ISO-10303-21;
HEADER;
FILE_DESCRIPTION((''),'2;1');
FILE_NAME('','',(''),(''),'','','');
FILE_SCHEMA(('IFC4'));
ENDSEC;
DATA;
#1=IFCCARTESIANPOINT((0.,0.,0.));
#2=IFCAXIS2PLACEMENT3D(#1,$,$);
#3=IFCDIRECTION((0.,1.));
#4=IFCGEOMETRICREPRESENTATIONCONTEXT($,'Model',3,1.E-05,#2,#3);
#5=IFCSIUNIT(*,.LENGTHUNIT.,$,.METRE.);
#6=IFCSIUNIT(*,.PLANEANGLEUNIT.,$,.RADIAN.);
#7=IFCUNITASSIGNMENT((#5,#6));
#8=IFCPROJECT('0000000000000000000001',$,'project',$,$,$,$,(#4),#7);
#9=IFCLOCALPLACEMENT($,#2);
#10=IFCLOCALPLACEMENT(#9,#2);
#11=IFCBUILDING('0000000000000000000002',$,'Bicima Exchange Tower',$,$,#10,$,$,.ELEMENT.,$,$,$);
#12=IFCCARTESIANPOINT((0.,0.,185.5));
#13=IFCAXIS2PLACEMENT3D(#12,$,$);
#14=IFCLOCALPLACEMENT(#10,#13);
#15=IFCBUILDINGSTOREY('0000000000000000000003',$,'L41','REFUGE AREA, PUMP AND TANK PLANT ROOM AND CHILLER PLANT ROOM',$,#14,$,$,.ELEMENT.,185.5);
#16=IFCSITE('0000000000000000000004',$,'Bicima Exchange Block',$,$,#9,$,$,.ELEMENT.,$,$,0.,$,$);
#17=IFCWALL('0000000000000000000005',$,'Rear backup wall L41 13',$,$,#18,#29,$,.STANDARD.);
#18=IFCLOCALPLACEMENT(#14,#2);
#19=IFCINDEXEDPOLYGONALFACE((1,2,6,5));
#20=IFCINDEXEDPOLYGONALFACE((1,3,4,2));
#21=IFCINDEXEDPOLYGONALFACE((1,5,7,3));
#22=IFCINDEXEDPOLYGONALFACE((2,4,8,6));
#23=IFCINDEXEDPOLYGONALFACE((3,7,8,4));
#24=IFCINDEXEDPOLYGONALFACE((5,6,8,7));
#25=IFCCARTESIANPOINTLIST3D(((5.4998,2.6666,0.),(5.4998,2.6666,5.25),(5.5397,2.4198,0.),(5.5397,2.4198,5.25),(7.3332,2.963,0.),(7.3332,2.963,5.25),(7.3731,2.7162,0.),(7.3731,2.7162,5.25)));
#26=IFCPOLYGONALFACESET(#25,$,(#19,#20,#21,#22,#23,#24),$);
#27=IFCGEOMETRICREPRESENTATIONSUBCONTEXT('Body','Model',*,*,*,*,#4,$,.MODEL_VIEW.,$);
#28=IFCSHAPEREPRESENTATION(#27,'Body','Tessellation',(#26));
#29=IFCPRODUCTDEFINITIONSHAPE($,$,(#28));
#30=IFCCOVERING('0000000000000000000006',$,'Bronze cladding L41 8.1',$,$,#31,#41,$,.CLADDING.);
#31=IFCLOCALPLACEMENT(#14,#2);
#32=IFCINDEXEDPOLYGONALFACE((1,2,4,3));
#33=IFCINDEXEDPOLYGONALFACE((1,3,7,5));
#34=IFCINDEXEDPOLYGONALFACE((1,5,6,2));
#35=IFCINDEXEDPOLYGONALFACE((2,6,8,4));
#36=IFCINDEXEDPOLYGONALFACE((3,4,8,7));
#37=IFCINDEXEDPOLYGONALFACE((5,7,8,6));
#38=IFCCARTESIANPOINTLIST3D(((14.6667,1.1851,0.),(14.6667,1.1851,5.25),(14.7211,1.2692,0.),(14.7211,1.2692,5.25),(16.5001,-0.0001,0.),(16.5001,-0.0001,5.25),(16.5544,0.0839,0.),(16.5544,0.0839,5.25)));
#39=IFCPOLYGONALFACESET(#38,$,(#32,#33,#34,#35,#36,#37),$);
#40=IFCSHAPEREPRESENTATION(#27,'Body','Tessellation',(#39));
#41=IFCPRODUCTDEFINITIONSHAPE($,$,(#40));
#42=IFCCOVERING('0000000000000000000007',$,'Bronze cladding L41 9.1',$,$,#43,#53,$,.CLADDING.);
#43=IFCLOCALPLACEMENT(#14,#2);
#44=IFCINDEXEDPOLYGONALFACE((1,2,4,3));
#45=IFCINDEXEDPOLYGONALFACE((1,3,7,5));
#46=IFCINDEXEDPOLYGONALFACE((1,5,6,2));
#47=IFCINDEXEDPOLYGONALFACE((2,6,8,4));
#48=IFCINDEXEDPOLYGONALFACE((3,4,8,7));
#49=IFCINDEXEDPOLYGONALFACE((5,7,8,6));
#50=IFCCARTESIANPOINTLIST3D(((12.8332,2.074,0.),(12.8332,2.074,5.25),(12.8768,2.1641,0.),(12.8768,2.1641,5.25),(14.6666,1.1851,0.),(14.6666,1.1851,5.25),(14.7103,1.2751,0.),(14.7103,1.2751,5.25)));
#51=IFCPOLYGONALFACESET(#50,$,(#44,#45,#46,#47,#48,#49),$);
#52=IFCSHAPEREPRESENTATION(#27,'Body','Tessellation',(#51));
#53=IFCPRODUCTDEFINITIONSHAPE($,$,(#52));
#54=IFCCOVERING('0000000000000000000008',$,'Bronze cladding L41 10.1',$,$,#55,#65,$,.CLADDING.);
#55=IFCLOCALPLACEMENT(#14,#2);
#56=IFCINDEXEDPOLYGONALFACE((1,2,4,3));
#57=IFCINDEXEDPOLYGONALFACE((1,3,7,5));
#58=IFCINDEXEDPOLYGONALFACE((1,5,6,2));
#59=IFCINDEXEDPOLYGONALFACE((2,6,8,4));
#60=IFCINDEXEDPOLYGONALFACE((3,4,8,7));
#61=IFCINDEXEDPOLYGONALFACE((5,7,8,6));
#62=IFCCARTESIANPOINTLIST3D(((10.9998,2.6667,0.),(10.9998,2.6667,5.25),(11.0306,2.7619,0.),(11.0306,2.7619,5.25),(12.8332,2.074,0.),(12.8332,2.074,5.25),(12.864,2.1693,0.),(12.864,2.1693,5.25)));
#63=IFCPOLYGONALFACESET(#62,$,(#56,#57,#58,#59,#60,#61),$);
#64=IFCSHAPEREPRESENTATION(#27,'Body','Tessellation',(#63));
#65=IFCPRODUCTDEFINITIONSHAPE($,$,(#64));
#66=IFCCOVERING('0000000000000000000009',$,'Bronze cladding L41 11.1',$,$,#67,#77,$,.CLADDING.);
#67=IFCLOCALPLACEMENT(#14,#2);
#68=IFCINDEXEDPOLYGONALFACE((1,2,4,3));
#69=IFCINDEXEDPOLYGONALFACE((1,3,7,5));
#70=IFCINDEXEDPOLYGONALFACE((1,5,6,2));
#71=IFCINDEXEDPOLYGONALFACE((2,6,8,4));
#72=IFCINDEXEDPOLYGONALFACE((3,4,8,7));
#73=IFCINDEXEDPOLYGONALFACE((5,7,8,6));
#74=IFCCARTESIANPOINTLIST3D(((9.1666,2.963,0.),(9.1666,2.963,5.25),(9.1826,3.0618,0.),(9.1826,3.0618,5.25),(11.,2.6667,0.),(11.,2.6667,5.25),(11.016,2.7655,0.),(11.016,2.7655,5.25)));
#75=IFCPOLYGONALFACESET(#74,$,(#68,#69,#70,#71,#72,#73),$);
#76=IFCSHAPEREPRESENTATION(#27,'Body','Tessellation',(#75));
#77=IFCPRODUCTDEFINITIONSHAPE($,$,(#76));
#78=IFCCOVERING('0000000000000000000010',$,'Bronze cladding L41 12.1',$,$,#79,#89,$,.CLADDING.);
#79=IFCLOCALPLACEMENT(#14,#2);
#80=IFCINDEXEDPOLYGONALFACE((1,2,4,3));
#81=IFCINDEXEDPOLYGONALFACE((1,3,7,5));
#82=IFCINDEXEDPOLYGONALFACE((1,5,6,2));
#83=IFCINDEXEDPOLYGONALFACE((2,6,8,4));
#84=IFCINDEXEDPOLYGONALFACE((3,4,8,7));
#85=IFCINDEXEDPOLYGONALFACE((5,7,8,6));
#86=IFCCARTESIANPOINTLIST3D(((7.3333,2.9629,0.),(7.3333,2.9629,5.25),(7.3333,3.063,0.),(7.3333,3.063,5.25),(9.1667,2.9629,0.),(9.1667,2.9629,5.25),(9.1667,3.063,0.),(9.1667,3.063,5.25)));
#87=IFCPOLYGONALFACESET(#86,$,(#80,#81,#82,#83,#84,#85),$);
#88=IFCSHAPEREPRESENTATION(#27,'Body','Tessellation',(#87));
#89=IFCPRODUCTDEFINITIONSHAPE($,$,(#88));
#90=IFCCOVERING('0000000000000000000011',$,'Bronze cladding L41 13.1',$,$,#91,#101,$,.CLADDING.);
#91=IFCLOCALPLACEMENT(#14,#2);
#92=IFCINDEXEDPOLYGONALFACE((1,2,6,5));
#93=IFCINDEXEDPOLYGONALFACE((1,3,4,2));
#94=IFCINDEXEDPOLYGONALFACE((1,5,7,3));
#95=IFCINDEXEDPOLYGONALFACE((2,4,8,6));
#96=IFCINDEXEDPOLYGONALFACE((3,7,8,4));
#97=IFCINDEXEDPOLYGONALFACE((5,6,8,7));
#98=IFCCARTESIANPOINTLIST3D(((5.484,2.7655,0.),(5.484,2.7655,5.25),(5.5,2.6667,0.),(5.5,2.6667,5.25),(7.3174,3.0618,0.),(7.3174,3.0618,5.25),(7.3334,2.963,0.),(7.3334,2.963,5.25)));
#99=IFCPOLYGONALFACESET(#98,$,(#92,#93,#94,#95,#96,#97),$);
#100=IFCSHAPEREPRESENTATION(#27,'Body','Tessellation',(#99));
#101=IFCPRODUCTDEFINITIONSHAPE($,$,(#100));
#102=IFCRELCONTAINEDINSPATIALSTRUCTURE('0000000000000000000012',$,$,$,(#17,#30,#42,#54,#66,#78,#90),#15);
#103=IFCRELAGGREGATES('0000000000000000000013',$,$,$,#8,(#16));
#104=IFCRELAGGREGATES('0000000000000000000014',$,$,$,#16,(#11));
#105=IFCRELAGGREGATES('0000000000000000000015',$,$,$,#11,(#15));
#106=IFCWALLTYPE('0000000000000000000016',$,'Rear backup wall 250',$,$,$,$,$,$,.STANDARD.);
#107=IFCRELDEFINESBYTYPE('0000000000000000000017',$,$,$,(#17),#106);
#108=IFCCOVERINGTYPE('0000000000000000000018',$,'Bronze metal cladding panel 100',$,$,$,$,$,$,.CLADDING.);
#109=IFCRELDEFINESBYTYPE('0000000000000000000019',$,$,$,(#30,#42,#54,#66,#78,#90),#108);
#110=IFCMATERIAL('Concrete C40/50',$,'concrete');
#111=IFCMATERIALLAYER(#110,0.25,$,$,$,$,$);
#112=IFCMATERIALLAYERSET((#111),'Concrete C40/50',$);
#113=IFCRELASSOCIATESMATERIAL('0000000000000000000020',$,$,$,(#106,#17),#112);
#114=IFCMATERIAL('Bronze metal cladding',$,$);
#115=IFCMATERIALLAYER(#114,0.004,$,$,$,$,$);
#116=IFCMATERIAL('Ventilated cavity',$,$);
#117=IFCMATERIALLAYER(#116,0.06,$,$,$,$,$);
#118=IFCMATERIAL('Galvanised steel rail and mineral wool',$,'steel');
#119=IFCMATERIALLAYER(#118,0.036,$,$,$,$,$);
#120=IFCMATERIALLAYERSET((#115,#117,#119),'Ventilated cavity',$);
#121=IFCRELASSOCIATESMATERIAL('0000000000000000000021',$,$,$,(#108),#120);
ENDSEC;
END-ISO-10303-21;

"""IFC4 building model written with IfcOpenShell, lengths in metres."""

from ifc_helpers import new_model, si_unit, direction, frame, frame_2d, origin, origin_2d, place, context, subcontext, project, spatial, rectangle, extrude, material, layer, layer_set, layer_usage, type_object, element, save


model = new_model("IFC4")

# Units and contexts
model_context = context("Model", 3, precision=1e-05, world=origin(), true_north=direction((0.0, 1.0)))
body_context = subcontext(model_context, "Body", "Model", "MODEL_VIEW")
ifc_project = project(units=[si_unit("LENGTHUNIT", "METRE"), si_unit("PLANEANGLEUNIT", "RADIAN")], contexts=[model_context])

# Site, building, storey
site_placement = place(None, origin())
site = spatial("IfcSite", under=ifc_project, at=site_placement, Name="Bicima Exchange Block", CompositionType="ELEMENT", RefElevation=0.0)
building_placement = place(site_placement, origin())
building = spatial("IfcBuilding", under=site, at=building_placement, Name="Bicima Exchange Tower", CompositionType="ELEMENT")
storey_placement = place(building_placement, frame((0.0, 0.0, 185.5)))
storey = spatial("IfcBuildingStorey", under=building, at=storey_placement, Name="L41", Description="REFUGE AREA, PUMP AND TANK PLANT ROOM AND CHILLER PLANT ROOM", CompositionType="ELEMENT", Elevation=185.5)

# Wall
ifc_material_1 = material(Name="Concrete C40/50", Category="concrete")
ifc_layer_1 = layer(ifc_material_1, 0.25)
ifc_layer_set_1 = layer_set([ifc_layer_1], Name="Concrete C40/50")
ifc_layer_usage = layer_usage(ifc_layer_set_1, "AXIS2", "POSITIVE", -0.125)
wall_type_1 = type_object("IfcWallType", Name="Rear backup wall 250", PredefinedType="STANDARD", material=ifc_layer_set_1)
wall_1_placement = place(storey_placement, frame((7.3533, 2.8396, 0.0), z_axis=(0.0, 0.0, 1.0), x_axis=(-0.987182, -0.1596, 0.0)))
element("IfcWall", 1, at=wall_1_placement, inside=storey, type_object=wall_type_1, material=ifc_layer_usage, Name="Rear backup wall L41 13", PredefinedType="STANDARD", context=body_context, shape_type="SweptSolid", body=[
    extrude(rectangle(XDim=1.8572, YDim=0.25, at=frame_2d((0.9287, 0.0))), origin(), (0.0, 0.0, 1.0), 5.25),
])

# Coverings
ifc_material_2 = material(Name="Bronze metal cladding")
ifc_layer_2 = layer(ifc_material_2, 0.004)
ifc_material_3 = material(Name="Ventilated cavity")
ifc_layer_3 = layer(ifc_material_3, 0.06)
ifc_material_4 = material(Name="Galvanised steel rail and mineral wool", Category="steel")
ifc_layer_4 = layer(ifc_material_4, 0.036)
ifc_layer_set_2 = layer_set([ifc_layer_2, ifc_layer_3, ifc_layer_4], Name="Ventilated cavity")
covering_type = type_object("IfcCoveringType", Name="Bronze metal cladding panel 100", PredefinedType="CLADDING", material=ifc_layer_set_2)
covering_1_placement = place(storey_placement, frame((15.6106, 0.6345, 0.0), z_axis=(0.0, 0.0, 1.0), x_axis=(-0.83979, 0.542911, 0.0)))
element("IfcCovering", 2, at=covering_1_placement, inside=storey, type_object=covering_type, Name="Bronze cladding L41 8.1", PredefinedType="CLADDING", context=body_context, shape_type="SweptSolid", body=[
    extrude(rectangle(XDim=2.1831, YDim=0.1001, at=origin_2d()), origin(), (0.0, 0.0, 1.0), 5.25),
])
covering_2_placement = place(storey_placement, frame((13.7717, 1.6746, 0.0), z_axis=(0.0, 0.0, 1.0), x_axis=(-0.899818, 0.436265, 0.0)))
element("IfcCovering", 3, at=covering_2_placement, inside=storey, type_object=covering_type, Name="Bronze cladding L41 9.1", PredefinedType="CLADDING", context=body_context, shape_type="SweptSolid", body=[
    extrude(rectangle(XDim=2.0376, YDim=0.1001, at=origin_2d()), origin(), (0.0, 0.0, 1.0), 5.25),
])
covering_3_placement = place(storey_placement, frame((11.9319, 2.418, 0.0), z_axis=(0.0, 0.0, 1.0), x_axis=(-0.951525, 0.307573, 0.0)))
element("IfcCovering", 4, at=covering_3_placement, inside=storey, type_object=covering_type, Name="Bronze cladding L41 10.1", PredefinedType="CLADDING", context=body_context, shape_type="SweptSolid", body=[
    extrude(rectangle(XDim=1.9268, YDim=0.1001, at=origin_2d()), origin(), (0.0, 0.0, 1.0), 5.25),
])
covering_4_placement = place(storey_placement, frame((10.0913, 2.8643, 0.0), z_axis=(0.0, 0.0, 1.0), x_axis=(-0.98719, 0.15955, 0.0)))
element("IfcCovering", 5, at=covering_4_placement, inside=storey, type_object=covering_type, Name="Bronze cladding L41 11.1", PredefinedType="CLADDING", context=body_context, shape_type="SweptSolid", body=[
    extrude(rectangle(XDim=1.8572, YDim=0.1001, at=origin_2d()), origin(), (0.0, 0.0, 1.0), 5.25),
])
covering_5_placement = place(storey_placement, frame((8.25, 3.0129, 0.0), z_axis=(0.0, 0.0, 1.0), x_axis=(-1.0, 0.0, 0.0)))
element("IfcCovering", 6, at=covering_5_placement, inside=storey, type_object=covering_type, Name="Bronze cladding L41 12.1", PredefinedType="CLADDING", context=body_context, shape_type="SweptSolid", body=[
    extrude(rectangle(XDim=1.8335, YDim=0.1001, at=origin_2d()), origin(), (0.0, 0.0, 1.0), 5.25),
])
covering_6_placement = place(storey_placement, frame((6.4087, 2.8643, 0.0), z_axis=(0.0, 0.0, 1.0), x_axis=(-0.98719, -0.15955, 0.0)))
element("IfcCovering", 7, at=covering_6_placement, inside=storey, type_object=covering_type, Name="Bronze cladding L41 13.1", PredefinedType="CLADDING", context=body_context, shape_type="SweptSolid", body=[
    extrude(rectangle(XDim=1.8572, YDim=0.1001, at=origin_2d()), origin(), (0.0, 0.0, 1.0), 5.25),
])

save(model, "model.ifc")
